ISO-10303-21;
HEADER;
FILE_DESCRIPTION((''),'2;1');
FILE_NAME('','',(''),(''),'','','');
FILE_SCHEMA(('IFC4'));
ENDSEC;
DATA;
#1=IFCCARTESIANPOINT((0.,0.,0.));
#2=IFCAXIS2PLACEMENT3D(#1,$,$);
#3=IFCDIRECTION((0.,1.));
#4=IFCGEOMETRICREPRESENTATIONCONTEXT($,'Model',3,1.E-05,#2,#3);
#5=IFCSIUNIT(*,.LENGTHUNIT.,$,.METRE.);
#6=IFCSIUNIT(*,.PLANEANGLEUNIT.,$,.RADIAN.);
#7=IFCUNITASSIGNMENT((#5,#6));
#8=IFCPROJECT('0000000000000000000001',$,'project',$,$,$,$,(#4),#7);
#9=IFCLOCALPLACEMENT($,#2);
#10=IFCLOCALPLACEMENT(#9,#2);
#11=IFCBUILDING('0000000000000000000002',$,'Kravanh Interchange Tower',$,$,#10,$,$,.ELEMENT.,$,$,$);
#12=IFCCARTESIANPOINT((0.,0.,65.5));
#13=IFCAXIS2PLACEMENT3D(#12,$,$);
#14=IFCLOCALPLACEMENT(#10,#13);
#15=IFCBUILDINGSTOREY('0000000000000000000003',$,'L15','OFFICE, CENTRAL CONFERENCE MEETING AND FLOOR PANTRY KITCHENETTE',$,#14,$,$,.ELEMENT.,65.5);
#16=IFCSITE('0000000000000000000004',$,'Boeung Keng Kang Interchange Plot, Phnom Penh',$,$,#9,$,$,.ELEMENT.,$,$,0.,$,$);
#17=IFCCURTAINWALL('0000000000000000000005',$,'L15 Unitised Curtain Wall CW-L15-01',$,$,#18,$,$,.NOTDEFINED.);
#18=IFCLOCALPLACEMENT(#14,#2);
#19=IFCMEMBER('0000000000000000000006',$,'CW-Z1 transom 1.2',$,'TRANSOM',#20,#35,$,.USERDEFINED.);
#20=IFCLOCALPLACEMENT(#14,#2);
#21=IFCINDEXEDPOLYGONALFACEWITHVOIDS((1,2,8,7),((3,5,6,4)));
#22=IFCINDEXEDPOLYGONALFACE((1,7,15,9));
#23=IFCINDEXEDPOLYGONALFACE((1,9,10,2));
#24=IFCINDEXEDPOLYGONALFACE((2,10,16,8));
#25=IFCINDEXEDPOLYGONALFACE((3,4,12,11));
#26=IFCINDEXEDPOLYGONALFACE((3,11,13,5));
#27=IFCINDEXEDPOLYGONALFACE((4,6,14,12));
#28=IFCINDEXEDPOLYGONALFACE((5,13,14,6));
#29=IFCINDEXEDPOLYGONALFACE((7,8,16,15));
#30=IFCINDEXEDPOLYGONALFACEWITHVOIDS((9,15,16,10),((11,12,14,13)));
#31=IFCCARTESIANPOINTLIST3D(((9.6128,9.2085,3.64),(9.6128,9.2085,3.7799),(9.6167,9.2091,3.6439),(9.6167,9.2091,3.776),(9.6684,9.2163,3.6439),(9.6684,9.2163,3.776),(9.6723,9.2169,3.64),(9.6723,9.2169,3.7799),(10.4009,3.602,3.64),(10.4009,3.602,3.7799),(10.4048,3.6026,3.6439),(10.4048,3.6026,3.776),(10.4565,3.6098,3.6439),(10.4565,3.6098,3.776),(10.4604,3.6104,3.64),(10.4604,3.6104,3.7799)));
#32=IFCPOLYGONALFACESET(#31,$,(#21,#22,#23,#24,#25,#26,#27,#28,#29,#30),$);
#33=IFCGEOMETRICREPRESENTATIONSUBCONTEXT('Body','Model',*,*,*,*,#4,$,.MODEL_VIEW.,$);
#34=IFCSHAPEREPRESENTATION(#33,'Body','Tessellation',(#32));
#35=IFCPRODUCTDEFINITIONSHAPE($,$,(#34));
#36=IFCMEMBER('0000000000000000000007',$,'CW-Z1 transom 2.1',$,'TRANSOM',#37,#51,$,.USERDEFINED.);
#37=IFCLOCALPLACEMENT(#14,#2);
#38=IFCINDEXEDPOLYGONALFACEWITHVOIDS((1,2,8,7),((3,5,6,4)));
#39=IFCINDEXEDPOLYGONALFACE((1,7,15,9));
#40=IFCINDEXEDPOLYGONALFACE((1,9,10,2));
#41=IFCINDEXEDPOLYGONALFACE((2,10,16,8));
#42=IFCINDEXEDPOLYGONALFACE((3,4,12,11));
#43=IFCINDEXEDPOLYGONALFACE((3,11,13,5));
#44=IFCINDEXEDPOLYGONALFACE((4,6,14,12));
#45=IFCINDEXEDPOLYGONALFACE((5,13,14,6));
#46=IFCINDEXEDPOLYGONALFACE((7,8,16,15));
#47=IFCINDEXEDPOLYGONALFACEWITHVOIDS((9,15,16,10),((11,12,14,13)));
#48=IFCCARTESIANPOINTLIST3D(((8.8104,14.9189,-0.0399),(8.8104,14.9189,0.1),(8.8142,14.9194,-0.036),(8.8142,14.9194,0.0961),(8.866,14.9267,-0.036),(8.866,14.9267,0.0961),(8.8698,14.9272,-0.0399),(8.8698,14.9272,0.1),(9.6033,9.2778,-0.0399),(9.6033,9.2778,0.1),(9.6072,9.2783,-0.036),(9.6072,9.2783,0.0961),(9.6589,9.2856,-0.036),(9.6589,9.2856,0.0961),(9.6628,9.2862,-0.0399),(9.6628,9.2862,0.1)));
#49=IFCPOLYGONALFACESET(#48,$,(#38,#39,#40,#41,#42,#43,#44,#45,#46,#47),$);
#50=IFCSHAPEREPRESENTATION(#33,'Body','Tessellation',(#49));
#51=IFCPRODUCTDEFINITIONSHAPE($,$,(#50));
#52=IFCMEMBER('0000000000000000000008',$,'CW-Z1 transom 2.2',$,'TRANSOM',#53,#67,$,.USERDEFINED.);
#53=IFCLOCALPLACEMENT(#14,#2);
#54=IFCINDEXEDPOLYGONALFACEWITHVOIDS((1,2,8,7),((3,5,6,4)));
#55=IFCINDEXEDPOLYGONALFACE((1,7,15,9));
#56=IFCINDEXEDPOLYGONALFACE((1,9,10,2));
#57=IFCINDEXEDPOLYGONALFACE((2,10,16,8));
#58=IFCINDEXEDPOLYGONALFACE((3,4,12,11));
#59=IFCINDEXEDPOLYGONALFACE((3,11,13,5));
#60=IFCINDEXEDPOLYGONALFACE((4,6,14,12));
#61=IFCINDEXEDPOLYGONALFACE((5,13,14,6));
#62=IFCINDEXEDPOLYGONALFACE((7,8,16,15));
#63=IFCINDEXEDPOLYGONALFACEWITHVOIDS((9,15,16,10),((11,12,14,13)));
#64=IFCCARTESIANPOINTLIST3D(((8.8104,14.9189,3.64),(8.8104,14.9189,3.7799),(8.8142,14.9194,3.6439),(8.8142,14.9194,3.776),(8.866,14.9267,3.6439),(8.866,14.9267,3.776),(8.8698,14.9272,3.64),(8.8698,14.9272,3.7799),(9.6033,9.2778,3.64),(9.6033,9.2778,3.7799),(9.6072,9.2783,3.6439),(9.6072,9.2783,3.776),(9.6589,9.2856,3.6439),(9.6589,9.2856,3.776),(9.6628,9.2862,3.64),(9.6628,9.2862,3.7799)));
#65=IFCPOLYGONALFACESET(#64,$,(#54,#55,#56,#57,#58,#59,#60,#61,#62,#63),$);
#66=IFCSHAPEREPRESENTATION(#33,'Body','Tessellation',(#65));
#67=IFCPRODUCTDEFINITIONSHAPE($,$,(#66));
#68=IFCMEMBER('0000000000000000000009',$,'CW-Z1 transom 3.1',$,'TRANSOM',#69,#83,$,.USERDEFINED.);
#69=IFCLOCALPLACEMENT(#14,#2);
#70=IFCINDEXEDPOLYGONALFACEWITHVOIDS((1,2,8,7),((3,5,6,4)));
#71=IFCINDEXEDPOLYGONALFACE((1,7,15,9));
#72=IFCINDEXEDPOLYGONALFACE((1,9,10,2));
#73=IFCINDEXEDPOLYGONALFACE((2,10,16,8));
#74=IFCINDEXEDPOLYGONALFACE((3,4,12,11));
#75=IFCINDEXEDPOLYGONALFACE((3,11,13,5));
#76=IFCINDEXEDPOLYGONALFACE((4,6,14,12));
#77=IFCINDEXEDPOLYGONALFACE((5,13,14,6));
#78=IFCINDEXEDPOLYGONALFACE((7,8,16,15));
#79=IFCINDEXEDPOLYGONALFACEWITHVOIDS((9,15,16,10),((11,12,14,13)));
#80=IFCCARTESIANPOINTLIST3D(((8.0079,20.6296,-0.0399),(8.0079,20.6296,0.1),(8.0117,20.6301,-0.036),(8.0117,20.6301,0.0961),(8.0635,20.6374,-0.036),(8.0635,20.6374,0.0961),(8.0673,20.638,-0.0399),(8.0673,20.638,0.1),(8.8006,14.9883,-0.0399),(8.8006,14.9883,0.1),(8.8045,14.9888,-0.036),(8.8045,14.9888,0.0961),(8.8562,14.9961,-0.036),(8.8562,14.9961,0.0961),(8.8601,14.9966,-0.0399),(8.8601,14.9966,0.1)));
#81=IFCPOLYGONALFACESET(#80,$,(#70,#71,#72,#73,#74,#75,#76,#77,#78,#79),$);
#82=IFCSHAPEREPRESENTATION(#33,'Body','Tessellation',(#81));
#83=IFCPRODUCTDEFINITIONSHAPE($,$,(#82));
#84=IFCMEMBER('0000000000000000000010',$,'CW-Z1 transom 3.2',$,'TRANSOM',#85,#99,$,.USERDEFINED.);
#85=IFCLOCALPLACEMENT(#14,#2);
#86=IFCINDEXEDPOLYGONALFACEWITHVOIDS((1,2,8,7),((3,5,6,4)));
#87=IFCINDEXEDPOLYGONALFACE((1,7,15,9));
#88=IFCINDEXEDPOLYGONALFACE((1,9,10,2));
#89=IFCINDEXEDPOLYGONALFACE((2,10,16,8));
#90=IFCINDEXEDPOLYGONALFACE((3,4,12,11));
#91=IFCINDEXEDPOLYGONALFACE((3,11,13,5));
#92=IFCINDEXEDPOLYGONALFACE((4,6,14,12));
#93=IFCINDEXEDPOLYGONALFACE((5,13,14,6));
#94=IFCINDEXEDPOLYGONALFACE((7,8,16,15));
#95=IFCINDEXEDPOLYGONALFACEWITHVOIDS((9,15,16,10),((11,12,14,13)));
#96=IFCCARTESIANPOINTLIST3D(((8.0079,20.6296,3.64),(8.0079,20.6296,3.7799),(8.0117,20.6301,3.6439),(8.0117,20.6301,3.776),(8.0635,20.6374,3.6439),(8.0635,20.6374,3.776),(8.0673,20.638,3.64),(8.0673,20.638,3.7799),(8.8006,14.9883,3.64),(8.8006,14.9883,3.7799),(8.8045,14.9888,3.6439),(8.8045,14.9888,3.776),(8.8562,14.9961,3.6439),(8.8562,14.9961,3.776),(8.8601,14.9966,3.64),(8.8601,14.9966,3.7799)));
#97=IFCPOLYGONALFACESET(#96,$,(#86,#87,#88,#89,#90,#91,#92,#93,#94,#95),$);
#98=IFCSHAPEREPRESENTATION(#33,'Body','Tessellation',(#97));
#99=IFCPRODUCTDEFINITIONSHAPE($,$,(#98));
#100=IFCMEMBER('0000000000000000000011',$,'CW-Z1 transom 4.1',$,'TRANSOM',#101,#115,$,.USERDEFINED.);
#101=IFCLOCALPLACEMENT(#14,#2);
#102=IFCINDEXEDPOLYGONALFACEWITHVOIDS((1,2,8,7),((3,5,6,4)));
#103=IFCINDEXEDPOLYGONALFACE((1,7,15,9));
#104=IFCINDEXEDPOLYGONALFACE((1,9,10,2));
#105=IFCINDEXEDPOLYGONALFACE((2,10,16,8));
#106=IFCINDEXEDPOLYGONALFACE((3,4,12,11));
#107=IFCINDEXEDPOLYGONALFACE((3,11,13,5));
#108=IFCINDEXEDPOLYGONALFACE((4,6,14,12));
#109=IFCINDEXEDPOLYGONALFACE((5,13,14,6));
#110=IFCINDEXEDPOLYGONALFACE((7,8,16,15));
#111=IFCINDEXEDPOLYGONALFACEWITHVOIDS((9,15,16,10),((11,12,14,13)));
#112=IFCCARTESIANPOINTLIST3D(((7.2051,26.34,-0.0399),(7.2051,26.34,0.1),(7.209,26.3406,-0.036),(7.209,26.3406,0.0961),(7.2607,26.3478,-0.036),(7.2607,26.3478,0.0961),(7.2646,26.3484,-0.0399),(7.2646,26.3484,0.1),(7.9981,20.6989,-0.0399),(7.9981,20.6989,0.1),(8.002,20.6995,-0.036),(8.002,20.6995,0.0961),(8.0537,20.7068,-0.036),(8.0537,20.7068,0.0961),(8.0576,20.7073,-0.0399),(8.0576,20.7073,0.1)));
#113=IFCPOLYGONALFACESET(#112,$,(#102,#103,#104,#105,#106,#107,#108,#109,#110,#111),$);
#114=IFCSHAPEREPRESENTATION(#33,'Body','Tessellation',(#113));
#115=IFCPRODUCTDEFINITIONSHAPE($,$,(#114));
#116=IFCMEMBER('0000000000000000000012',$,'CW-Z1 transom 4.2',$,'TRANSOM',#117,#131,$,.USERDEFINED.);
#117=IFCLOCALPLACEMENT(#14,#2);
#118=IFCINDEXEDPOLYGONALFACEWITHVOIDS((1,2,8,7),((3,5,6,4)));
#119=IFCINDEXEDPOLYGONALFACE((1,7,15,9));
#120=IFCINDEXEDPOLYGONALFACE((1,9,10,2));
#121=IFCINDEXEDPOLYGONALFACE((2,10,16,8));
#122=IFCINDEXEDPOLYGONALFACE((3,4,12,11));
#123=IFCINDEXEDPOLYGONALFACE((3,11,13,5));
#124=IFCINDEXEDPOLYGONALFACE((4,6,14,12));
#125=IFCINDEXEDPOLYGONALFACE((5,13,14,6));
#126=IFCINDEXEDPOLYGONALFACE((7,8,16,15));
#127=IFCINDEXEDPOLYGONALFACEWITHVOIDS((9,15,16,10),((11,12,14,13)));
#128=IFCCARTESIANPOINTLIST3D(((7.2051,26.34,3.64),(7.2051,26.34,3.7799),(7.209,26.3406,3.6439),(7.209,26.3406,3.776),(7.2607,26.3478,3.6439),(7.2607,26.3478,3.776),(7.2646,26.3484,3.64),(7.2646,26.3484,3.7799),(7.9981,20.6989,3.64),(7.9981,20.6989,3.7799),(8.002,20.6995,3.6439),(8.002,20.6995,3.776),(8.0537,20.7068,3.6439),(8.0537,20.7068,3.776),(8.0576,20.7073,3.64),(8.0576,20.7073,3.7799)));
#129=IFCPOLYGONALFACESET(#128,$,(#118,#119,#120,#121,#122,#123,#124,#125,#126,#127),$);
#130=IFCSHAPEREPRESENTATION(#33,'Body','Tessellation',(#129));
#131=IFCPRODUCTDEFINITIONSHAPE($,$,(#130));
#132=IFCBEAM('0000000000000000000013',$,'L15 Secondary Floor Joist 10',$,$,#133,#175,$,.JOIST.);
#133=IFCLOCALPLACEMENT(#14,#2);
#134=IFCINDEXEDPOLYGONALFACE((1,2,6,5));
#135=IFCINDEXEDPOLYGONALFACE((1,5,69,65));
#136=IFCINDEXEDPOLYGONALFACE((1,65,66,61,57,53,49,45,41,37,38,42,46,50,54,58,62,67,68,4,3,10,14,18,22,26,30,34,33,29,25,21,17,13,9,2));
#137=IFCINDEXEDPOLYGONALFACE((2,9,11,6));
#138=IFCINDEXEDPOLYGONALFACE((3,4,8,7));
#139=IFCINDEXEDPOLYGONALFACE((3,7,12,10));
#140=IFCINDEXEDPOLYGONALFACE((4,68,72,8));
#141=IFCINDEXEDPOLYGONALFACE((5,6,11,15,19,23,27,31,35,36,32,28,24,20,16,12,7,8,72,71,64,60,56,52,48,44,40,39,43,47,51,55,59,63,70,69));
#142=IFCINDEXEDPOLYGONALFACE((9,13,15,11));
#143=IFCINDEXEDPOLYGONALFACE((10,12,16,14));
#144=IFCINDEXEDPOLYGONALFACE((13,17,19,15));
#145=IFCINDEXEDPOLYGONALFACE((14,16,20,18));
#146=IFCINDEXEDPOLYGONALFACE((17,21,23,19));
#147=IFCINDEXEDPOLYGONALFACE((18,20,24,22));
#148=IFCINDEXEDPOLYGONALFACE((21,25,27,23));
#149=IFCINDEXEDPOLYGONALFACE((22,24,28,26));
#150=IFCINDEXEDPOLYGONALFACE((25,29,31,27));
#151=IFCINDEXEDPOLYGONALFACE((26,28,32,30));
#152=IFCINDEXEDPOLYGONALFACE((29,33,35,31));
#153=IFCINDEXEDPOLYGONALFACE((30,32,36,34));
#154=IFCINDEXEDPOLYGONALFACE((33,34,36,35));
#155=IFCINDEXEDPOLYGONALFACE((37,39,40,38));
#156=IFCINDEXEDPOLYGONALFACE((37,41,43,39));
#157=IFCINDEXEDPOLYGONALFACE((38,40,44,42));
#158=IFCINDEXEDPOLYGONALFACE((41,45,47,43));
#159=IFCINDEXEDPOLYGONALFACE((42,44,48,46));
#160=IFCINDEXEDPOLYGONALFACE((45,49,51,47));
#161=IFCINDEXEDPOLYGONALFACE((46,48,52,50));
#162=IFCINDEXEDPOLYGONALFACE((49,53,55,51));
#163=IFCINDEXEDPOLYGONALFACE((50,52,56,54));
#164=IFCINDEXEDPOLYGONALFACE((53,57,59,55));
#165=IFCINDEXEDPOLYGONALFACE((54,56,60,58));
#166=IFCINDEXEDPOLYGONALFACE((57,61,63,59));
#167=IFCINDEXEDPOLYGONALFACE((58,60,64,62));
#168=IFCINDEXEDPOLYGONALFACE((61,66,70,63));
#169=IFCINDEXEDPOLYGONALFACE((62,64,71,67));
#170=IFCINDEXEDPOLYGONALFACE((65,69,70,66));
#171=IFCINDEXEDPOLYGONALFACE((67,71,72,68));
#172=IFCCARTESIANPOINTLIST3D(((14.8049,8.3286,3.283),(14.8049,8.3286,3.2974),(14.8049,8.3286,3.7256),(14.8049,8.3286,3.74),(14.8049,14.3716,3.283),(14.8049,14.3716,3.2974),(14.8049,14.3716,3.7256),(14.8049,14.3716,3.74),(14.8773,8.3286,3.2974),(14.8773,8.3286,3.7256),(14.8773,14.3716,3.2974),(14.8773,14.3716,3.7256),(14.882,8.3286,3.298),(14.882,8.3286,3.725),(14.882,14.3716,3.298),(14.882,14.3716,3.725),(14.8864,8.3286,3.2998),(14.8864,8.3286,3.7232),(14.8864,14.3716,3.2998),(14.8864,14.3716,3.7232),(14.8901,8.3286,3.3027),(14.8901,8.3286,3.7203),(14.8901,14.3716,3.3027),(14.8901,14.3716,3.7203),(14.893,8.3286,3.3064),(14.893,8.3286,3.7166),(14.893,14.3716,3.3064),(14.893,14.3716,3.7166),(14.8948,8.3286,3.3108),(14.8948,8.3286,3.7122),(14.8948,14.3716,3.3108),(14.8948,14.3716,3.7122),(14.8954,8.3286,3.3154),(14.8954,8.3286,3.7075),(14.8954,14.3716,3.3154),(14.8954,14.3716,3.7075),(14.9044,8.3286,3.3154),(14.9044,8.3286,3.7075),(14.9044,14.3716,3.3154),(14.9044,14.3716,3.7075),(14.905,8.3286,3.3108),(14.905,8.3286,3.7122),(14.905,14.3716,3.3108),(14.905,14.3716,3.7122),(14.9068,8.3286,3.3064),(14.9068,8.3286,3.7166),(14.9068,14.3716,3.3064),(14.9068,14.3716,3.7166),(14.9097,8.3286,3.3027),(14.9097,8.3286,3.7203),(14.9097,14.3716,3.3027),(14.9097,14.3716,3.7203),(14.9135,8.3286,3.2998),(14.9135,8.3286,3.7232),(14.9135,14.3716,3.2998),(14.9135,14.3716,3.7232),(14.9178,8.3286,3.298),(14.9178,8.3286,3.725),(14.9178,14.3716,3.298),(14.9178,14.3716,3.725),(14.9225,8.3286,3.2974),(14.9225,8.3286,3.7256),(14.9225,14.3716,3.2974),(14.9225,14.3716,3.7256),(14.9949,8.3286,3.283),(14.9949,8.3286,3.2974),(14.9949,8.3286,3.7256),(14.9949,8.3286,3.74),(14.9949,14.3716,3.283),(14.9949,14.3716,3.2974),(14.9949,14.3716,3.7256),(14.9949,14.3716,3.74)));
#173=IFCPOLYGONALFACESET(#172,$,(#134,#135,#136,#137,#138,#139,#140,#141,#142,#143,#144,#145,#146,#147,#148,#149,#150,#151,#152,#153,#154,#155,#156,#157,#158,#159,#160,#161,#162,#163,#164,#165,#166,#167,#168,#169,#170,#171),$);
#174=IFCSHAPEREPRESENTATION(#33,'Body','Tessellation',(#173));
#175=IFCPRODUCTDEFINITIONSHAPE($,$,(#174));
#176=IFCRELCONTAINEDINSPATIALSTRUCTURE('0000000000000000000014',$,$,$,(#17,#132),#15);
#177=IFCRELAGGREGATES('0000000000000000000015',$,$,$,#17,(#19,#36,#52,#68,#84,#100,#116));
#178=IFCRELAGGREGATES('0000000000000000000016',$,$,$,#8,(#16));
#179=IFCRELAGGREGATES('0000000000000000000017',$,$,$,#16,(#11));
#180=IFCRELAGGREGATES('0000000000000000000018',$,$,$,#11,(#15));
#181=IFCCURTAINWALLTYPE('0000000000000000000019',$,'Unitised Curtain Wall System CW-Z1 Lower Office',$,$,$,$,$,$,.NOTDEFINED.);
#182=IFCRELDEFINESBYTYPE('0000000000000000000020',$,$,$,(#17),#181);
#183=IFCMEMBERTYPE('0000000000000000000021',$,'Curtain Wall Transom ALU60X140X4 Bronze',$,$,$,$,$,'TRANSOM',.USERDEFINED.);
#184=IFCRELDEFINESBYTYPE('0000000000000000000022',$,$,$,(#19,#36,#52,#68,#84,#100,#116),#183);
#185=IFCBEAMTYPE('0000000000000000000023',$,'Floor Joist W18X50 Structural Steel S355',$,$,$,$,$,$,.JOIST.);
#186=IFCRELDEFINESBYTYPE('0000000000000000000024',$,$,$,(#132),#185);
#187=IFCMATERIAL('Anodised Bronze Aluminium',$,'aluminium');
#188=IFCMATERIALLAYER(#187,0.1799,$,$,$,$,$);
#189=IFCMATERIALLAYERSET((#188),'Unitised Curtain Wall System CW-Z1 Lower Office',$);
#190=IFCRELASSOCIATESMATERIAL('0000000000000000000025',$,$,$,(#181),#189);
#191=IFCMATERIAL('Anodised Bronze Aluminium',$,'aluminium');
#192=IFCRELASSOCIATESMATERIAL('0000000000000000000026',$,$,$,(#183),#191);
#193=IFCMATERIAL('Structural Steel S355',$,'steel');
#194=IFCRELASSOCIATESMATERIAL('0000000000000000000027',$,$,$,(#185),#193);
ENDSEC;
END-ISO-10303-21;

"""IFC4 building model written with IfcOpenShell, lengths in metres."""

from ifc_helpers import new_model, si_unit, direction, frame, origin, origin_2d, place, context, subcontext, project, spatial, hollow_rectangle, i_section, extrude, material, layer, layer_set, material_profile, profile_set, type_object, element, aggregate, save


model = new_model("IFC4")

# Units and contexts
model_context = context("Model", 3, precision=1e-05, world=origin(), true_north=direction((0.0, 1.0)))
body_context = subcontext(model_context, "Body", "Model", "MODEL_VIEW")
ifc_project = project(units=[si_unit("LENGTHUNIT", "METRE"), si_unit("PLANEANGLEUNIT", "RADIAN")], contexts=[model_context])

# Site, building, storey
site_placement = place(None, origin())
site = spatial("IfcSite", under=ifc_project, at=site_placement, Name="Boeung Keng Kang Interchange Plot, Phnom Penh", CompositionType="ELEMENT", RefElevation=0.0)
building_placement = place(site_placement, origin())
building = spatial("IfcBuilding", under=site, at=building_placement, Name="Kravanh Interchange Tower", CompositionType="ELEMENT")
storey_placement = place(building_placement, frame((0.0, 0.0, 65.5)))
storey = spatial("IfcBuildingStorey", under=building, at=storey_placement, Name="L15", Description="OFFICE, CENTRAL CONFERENCE MEETING AND FLOOR PANTRY KITCHENETTE", CompositionType="ELEMENT", Elevation=65.5)

# Curtain wall, members
ifc_material_1 = material(Name="Anodised Bronze Aluminium", Category="aluminium")
ifc_layer_1 = layer(ifc_material_1, 0.1799)
ifc_layer_set_1 = layer_set([ifc_layer_1], Name="Unitised Curtain Wall System CW-Z1 Lower Office")
curtain_wall_type = type_object("IfcCurtainWallType", Name="Unitised Curtain Wall System CW-Z1 Lower Office", PredefinedType="NOTDEFINED", material=ifc_layer_set_1)
curtain_wall_placement = place(storey_placement, origin())
curtain_wall = element("IfcCurtainWall", 1, at=curtain_wall_placement, inside=storey, type_object=curtain_wall_type, Name="L15 Unitised Curtain Wall CW-L15-01", PredefinedType="NOTDEFINED")
ifc_material_2 = material(Name="Anodised Bronze Aluminium", Category="aluminium")
ifc_material_profile_1 = material_profile(ifc_material_2, hollow_rectangle(XDim=0.0601, YDim=0.1399, WallThickness=0.0039, at=origin_2d()), Name="ALU60X140X4")
ifc_profile_set_1 = profile_set([ifc_material_profile_1], Name="Anodised Bronze Aluminium")
member_type_1 = type_object("IfcMemberType", Name="Curtain Wall Transom ALU60X140X4 Bronze", ElementType="TRANSOM", PredefinedType="USERDEFINED", material=ifc_profile_set_1)
member_1_placement = place(storey_placement, frame((10.4307, 3.6062, 3.71), z_axis=(-0.139199, 0.990264, 0.0), x_axis=(-0.990264, -0.139199, 0.0)))
member_1 = element("IfcMember", 2, at=member_1_placement, type_object=member_type_1, Name="CW-Z1 transom 1.2", ObjectType="TRANSOM", PredefinedType="USERDEFINED", context=body_context, shape_type="SweptSolid", body=[
    extrude(hollow_rectangle(XDim=0.0601, YDim=0.1399, WallThickness=0.0039, at=origin_2d()), origin(), (0.0, 0.0, 1.0), 5.6616),
])
member_2_placement = place(storey_placement, frame((9.6331, 9.282, 0.03), z_axis=(-0.139201, 0.990264, 0.0), x_axis=(-0.990264, -0.139201, 0.0)))
member_2 = element("IfcMember", 3, at=member_2_placement, type_object=member_type_1, Name="CW-Z1 transom 2.1", ObjectType="TRANSOM", PredefinedType="USERDEFINED", context=body_context, shape_type="SweptSolid", body=[
    extrude(hollow_rectangle(XDim=0.0601, YDim=0.1399, WallThickness=0.0039, at=origin_2d()), origin(), (0.0, 0.0, 1.0), 5.6965),
])
member_3_placement = place(storey_placement, frame((9.6331, 9.282, 3.71), z_axis=(-0.139201, 0.990264, 0.0), x_axis=(-0.990264, -0.139201, 0.0)))
member_3 = element("IfcMember", 4, at=member_3_placement, type_object=member_type_1, Name="CW-Z1 transom 2.2", ObjectType="TRANSOM", PredefinedType="USERDEFINED", context=body_context, shape_type="SweptSolid", body=[
    extrude(hollow_rectangle(XDim=0.0601, YDim=0.1399, WallThickness=0.0039, at=origin_2d()), origin(), (0.0, 0.0, 1.0), 5.6965),
])
member_4_placement = place(storey_placement, frame((8.8303, 14.9924, 0.03), z_axis=(-0.139153, 0.990271, 0.0), x_axis=(-0.990271, -0.139153, 0.0)))
member_4 = element("IfcMember", 5, at=member_4_placement, type_object=member_type_1, Name="CW-Z1 transom 3.1", ObjectType="TRANSOM", PredefinedType="USERDEFINED", context=body_context, shape_type="SweptSolid", body=[
    extrude(hollow_rectangle(XDim=0.0601, YDim=0.1399, WallThickness=0.0039, at=origin_2d()), origin(), (0.0, 0.0, 1.0), 5.6968),
])
member_5_placement = place(storey_placement, frame((8.8303, 14.9924, 3.71), z_axis=(-0.139153, 0.990271, 0.0), x_axis=(-0.990271, -0.139153, 0.0)))
member_5 = element("IfcMember", 6, at=member_5_placement, type_object=member_type_1, Name="CW-Z1 transom 3.2", ObjectType="TRANSOM", PredefinedType="USERDEFINED", context=body_context, shape_type="SweptSolid", body=[
    extrude(hollow_rectangle(XDim=0.0601, YDim=0.1399, WallThickness=0.0039, at=origin_2d()), origin(), (0.0, 0.0, 1.0), 5.6968),
])
member_6_placement = place(storey_placement, frame((8.0278, 20.7031, 0.03), z_axis=(-0.139201, 0.990264, 0.0), x_axis=(-0.990264, -0.139201, 0.0)))
member_6 = element("IfcMember", 7, at=member_6_placement, type_object=member_type_1, Name="CW-Z1 transom 4.1", ObjectType="TRANSOM", PredefinedType="USERDEFINED", context=body_context, shape_type="SweptSolid", body=[
    extrude(hollow_rectangle(XDim=0.0601, YDim=0.1399, WallThickness=0.0039, at=origin_2d()), origin(), (0.0, 0.0, 1.0), 5.6965),
])
member_7_placement = place(storey_placement, frame((8.0278, 20.7031, 3.71), z_axis=(-0.139201, 0.990264, 0.0), x_axis=(-0.990264, -0.139201, 0.0)))
member_7 = element("IfcMember", 8, at=member_7_placement, type_object=member_type_1, Name="CW-Z1 transom 4.2", ObjectType="TRANSOM", PredefinedType="USERDEFINED", context=body_context, shape_type="SweptSolid", body=[
    extrude(hollow_rectangle(XDim=0.0601, YDim=0.1399, WallThickness=0.0039, at=origin_2d()), origin(), (0.0, 0.0, 1.0), 5.6965),
])

# Beam
ifc_material_3 = material(Name="Structural Steel S355", Category="steel")
ifc_material_profile_2 = material_profile(ifc_material_3, i_section(OverallWidth=0.1899, OverallDepth=0.457, WebThickness=0.009, FlangeThickness=0.0144, FilletRadius=0.0181, at=origin_2d()), Name="W18X50")
ifc_profile_set_2 = profile_set([ifc_material_profile_2], Name="Structural Steel S355")
beam_type_1 = type_object("IfcBeamType", Name="Floor Joist W18X50 Structural Steel S355", PredefinedType="JOIST", material=ifc_profile_set_2)
beam_1_placement = place(storey_placement, frame((14.8999, 8.3286, 3.5115), z_axis=(0.0, 1.0, 0.0), x_axis=(-1.0, 0.0, 0.0)))
element("IfcBeam", 9, at=beam_1_placement, inside=storey, type_object=beam_type_1, Name="L15 Secondary Floor Joist 10", PredefinedType="JOIST", context=body_context, shape_type="SweptSolid", body=[
    extrude(i_section(OverallWidth=0.1899, OverallDepth=0.457, WebThickness=0.009, FlangeThickness=0.0144, FilletRadius=0.0181, at=origin_2d()), origin(), (0.0, 0.0, 1.0), 6.043),
])

aggregate(curtain_wall, [member_1, member_2, member_3, member_4, member_5, member_6, member_7])

save(model, "model.ifc")
